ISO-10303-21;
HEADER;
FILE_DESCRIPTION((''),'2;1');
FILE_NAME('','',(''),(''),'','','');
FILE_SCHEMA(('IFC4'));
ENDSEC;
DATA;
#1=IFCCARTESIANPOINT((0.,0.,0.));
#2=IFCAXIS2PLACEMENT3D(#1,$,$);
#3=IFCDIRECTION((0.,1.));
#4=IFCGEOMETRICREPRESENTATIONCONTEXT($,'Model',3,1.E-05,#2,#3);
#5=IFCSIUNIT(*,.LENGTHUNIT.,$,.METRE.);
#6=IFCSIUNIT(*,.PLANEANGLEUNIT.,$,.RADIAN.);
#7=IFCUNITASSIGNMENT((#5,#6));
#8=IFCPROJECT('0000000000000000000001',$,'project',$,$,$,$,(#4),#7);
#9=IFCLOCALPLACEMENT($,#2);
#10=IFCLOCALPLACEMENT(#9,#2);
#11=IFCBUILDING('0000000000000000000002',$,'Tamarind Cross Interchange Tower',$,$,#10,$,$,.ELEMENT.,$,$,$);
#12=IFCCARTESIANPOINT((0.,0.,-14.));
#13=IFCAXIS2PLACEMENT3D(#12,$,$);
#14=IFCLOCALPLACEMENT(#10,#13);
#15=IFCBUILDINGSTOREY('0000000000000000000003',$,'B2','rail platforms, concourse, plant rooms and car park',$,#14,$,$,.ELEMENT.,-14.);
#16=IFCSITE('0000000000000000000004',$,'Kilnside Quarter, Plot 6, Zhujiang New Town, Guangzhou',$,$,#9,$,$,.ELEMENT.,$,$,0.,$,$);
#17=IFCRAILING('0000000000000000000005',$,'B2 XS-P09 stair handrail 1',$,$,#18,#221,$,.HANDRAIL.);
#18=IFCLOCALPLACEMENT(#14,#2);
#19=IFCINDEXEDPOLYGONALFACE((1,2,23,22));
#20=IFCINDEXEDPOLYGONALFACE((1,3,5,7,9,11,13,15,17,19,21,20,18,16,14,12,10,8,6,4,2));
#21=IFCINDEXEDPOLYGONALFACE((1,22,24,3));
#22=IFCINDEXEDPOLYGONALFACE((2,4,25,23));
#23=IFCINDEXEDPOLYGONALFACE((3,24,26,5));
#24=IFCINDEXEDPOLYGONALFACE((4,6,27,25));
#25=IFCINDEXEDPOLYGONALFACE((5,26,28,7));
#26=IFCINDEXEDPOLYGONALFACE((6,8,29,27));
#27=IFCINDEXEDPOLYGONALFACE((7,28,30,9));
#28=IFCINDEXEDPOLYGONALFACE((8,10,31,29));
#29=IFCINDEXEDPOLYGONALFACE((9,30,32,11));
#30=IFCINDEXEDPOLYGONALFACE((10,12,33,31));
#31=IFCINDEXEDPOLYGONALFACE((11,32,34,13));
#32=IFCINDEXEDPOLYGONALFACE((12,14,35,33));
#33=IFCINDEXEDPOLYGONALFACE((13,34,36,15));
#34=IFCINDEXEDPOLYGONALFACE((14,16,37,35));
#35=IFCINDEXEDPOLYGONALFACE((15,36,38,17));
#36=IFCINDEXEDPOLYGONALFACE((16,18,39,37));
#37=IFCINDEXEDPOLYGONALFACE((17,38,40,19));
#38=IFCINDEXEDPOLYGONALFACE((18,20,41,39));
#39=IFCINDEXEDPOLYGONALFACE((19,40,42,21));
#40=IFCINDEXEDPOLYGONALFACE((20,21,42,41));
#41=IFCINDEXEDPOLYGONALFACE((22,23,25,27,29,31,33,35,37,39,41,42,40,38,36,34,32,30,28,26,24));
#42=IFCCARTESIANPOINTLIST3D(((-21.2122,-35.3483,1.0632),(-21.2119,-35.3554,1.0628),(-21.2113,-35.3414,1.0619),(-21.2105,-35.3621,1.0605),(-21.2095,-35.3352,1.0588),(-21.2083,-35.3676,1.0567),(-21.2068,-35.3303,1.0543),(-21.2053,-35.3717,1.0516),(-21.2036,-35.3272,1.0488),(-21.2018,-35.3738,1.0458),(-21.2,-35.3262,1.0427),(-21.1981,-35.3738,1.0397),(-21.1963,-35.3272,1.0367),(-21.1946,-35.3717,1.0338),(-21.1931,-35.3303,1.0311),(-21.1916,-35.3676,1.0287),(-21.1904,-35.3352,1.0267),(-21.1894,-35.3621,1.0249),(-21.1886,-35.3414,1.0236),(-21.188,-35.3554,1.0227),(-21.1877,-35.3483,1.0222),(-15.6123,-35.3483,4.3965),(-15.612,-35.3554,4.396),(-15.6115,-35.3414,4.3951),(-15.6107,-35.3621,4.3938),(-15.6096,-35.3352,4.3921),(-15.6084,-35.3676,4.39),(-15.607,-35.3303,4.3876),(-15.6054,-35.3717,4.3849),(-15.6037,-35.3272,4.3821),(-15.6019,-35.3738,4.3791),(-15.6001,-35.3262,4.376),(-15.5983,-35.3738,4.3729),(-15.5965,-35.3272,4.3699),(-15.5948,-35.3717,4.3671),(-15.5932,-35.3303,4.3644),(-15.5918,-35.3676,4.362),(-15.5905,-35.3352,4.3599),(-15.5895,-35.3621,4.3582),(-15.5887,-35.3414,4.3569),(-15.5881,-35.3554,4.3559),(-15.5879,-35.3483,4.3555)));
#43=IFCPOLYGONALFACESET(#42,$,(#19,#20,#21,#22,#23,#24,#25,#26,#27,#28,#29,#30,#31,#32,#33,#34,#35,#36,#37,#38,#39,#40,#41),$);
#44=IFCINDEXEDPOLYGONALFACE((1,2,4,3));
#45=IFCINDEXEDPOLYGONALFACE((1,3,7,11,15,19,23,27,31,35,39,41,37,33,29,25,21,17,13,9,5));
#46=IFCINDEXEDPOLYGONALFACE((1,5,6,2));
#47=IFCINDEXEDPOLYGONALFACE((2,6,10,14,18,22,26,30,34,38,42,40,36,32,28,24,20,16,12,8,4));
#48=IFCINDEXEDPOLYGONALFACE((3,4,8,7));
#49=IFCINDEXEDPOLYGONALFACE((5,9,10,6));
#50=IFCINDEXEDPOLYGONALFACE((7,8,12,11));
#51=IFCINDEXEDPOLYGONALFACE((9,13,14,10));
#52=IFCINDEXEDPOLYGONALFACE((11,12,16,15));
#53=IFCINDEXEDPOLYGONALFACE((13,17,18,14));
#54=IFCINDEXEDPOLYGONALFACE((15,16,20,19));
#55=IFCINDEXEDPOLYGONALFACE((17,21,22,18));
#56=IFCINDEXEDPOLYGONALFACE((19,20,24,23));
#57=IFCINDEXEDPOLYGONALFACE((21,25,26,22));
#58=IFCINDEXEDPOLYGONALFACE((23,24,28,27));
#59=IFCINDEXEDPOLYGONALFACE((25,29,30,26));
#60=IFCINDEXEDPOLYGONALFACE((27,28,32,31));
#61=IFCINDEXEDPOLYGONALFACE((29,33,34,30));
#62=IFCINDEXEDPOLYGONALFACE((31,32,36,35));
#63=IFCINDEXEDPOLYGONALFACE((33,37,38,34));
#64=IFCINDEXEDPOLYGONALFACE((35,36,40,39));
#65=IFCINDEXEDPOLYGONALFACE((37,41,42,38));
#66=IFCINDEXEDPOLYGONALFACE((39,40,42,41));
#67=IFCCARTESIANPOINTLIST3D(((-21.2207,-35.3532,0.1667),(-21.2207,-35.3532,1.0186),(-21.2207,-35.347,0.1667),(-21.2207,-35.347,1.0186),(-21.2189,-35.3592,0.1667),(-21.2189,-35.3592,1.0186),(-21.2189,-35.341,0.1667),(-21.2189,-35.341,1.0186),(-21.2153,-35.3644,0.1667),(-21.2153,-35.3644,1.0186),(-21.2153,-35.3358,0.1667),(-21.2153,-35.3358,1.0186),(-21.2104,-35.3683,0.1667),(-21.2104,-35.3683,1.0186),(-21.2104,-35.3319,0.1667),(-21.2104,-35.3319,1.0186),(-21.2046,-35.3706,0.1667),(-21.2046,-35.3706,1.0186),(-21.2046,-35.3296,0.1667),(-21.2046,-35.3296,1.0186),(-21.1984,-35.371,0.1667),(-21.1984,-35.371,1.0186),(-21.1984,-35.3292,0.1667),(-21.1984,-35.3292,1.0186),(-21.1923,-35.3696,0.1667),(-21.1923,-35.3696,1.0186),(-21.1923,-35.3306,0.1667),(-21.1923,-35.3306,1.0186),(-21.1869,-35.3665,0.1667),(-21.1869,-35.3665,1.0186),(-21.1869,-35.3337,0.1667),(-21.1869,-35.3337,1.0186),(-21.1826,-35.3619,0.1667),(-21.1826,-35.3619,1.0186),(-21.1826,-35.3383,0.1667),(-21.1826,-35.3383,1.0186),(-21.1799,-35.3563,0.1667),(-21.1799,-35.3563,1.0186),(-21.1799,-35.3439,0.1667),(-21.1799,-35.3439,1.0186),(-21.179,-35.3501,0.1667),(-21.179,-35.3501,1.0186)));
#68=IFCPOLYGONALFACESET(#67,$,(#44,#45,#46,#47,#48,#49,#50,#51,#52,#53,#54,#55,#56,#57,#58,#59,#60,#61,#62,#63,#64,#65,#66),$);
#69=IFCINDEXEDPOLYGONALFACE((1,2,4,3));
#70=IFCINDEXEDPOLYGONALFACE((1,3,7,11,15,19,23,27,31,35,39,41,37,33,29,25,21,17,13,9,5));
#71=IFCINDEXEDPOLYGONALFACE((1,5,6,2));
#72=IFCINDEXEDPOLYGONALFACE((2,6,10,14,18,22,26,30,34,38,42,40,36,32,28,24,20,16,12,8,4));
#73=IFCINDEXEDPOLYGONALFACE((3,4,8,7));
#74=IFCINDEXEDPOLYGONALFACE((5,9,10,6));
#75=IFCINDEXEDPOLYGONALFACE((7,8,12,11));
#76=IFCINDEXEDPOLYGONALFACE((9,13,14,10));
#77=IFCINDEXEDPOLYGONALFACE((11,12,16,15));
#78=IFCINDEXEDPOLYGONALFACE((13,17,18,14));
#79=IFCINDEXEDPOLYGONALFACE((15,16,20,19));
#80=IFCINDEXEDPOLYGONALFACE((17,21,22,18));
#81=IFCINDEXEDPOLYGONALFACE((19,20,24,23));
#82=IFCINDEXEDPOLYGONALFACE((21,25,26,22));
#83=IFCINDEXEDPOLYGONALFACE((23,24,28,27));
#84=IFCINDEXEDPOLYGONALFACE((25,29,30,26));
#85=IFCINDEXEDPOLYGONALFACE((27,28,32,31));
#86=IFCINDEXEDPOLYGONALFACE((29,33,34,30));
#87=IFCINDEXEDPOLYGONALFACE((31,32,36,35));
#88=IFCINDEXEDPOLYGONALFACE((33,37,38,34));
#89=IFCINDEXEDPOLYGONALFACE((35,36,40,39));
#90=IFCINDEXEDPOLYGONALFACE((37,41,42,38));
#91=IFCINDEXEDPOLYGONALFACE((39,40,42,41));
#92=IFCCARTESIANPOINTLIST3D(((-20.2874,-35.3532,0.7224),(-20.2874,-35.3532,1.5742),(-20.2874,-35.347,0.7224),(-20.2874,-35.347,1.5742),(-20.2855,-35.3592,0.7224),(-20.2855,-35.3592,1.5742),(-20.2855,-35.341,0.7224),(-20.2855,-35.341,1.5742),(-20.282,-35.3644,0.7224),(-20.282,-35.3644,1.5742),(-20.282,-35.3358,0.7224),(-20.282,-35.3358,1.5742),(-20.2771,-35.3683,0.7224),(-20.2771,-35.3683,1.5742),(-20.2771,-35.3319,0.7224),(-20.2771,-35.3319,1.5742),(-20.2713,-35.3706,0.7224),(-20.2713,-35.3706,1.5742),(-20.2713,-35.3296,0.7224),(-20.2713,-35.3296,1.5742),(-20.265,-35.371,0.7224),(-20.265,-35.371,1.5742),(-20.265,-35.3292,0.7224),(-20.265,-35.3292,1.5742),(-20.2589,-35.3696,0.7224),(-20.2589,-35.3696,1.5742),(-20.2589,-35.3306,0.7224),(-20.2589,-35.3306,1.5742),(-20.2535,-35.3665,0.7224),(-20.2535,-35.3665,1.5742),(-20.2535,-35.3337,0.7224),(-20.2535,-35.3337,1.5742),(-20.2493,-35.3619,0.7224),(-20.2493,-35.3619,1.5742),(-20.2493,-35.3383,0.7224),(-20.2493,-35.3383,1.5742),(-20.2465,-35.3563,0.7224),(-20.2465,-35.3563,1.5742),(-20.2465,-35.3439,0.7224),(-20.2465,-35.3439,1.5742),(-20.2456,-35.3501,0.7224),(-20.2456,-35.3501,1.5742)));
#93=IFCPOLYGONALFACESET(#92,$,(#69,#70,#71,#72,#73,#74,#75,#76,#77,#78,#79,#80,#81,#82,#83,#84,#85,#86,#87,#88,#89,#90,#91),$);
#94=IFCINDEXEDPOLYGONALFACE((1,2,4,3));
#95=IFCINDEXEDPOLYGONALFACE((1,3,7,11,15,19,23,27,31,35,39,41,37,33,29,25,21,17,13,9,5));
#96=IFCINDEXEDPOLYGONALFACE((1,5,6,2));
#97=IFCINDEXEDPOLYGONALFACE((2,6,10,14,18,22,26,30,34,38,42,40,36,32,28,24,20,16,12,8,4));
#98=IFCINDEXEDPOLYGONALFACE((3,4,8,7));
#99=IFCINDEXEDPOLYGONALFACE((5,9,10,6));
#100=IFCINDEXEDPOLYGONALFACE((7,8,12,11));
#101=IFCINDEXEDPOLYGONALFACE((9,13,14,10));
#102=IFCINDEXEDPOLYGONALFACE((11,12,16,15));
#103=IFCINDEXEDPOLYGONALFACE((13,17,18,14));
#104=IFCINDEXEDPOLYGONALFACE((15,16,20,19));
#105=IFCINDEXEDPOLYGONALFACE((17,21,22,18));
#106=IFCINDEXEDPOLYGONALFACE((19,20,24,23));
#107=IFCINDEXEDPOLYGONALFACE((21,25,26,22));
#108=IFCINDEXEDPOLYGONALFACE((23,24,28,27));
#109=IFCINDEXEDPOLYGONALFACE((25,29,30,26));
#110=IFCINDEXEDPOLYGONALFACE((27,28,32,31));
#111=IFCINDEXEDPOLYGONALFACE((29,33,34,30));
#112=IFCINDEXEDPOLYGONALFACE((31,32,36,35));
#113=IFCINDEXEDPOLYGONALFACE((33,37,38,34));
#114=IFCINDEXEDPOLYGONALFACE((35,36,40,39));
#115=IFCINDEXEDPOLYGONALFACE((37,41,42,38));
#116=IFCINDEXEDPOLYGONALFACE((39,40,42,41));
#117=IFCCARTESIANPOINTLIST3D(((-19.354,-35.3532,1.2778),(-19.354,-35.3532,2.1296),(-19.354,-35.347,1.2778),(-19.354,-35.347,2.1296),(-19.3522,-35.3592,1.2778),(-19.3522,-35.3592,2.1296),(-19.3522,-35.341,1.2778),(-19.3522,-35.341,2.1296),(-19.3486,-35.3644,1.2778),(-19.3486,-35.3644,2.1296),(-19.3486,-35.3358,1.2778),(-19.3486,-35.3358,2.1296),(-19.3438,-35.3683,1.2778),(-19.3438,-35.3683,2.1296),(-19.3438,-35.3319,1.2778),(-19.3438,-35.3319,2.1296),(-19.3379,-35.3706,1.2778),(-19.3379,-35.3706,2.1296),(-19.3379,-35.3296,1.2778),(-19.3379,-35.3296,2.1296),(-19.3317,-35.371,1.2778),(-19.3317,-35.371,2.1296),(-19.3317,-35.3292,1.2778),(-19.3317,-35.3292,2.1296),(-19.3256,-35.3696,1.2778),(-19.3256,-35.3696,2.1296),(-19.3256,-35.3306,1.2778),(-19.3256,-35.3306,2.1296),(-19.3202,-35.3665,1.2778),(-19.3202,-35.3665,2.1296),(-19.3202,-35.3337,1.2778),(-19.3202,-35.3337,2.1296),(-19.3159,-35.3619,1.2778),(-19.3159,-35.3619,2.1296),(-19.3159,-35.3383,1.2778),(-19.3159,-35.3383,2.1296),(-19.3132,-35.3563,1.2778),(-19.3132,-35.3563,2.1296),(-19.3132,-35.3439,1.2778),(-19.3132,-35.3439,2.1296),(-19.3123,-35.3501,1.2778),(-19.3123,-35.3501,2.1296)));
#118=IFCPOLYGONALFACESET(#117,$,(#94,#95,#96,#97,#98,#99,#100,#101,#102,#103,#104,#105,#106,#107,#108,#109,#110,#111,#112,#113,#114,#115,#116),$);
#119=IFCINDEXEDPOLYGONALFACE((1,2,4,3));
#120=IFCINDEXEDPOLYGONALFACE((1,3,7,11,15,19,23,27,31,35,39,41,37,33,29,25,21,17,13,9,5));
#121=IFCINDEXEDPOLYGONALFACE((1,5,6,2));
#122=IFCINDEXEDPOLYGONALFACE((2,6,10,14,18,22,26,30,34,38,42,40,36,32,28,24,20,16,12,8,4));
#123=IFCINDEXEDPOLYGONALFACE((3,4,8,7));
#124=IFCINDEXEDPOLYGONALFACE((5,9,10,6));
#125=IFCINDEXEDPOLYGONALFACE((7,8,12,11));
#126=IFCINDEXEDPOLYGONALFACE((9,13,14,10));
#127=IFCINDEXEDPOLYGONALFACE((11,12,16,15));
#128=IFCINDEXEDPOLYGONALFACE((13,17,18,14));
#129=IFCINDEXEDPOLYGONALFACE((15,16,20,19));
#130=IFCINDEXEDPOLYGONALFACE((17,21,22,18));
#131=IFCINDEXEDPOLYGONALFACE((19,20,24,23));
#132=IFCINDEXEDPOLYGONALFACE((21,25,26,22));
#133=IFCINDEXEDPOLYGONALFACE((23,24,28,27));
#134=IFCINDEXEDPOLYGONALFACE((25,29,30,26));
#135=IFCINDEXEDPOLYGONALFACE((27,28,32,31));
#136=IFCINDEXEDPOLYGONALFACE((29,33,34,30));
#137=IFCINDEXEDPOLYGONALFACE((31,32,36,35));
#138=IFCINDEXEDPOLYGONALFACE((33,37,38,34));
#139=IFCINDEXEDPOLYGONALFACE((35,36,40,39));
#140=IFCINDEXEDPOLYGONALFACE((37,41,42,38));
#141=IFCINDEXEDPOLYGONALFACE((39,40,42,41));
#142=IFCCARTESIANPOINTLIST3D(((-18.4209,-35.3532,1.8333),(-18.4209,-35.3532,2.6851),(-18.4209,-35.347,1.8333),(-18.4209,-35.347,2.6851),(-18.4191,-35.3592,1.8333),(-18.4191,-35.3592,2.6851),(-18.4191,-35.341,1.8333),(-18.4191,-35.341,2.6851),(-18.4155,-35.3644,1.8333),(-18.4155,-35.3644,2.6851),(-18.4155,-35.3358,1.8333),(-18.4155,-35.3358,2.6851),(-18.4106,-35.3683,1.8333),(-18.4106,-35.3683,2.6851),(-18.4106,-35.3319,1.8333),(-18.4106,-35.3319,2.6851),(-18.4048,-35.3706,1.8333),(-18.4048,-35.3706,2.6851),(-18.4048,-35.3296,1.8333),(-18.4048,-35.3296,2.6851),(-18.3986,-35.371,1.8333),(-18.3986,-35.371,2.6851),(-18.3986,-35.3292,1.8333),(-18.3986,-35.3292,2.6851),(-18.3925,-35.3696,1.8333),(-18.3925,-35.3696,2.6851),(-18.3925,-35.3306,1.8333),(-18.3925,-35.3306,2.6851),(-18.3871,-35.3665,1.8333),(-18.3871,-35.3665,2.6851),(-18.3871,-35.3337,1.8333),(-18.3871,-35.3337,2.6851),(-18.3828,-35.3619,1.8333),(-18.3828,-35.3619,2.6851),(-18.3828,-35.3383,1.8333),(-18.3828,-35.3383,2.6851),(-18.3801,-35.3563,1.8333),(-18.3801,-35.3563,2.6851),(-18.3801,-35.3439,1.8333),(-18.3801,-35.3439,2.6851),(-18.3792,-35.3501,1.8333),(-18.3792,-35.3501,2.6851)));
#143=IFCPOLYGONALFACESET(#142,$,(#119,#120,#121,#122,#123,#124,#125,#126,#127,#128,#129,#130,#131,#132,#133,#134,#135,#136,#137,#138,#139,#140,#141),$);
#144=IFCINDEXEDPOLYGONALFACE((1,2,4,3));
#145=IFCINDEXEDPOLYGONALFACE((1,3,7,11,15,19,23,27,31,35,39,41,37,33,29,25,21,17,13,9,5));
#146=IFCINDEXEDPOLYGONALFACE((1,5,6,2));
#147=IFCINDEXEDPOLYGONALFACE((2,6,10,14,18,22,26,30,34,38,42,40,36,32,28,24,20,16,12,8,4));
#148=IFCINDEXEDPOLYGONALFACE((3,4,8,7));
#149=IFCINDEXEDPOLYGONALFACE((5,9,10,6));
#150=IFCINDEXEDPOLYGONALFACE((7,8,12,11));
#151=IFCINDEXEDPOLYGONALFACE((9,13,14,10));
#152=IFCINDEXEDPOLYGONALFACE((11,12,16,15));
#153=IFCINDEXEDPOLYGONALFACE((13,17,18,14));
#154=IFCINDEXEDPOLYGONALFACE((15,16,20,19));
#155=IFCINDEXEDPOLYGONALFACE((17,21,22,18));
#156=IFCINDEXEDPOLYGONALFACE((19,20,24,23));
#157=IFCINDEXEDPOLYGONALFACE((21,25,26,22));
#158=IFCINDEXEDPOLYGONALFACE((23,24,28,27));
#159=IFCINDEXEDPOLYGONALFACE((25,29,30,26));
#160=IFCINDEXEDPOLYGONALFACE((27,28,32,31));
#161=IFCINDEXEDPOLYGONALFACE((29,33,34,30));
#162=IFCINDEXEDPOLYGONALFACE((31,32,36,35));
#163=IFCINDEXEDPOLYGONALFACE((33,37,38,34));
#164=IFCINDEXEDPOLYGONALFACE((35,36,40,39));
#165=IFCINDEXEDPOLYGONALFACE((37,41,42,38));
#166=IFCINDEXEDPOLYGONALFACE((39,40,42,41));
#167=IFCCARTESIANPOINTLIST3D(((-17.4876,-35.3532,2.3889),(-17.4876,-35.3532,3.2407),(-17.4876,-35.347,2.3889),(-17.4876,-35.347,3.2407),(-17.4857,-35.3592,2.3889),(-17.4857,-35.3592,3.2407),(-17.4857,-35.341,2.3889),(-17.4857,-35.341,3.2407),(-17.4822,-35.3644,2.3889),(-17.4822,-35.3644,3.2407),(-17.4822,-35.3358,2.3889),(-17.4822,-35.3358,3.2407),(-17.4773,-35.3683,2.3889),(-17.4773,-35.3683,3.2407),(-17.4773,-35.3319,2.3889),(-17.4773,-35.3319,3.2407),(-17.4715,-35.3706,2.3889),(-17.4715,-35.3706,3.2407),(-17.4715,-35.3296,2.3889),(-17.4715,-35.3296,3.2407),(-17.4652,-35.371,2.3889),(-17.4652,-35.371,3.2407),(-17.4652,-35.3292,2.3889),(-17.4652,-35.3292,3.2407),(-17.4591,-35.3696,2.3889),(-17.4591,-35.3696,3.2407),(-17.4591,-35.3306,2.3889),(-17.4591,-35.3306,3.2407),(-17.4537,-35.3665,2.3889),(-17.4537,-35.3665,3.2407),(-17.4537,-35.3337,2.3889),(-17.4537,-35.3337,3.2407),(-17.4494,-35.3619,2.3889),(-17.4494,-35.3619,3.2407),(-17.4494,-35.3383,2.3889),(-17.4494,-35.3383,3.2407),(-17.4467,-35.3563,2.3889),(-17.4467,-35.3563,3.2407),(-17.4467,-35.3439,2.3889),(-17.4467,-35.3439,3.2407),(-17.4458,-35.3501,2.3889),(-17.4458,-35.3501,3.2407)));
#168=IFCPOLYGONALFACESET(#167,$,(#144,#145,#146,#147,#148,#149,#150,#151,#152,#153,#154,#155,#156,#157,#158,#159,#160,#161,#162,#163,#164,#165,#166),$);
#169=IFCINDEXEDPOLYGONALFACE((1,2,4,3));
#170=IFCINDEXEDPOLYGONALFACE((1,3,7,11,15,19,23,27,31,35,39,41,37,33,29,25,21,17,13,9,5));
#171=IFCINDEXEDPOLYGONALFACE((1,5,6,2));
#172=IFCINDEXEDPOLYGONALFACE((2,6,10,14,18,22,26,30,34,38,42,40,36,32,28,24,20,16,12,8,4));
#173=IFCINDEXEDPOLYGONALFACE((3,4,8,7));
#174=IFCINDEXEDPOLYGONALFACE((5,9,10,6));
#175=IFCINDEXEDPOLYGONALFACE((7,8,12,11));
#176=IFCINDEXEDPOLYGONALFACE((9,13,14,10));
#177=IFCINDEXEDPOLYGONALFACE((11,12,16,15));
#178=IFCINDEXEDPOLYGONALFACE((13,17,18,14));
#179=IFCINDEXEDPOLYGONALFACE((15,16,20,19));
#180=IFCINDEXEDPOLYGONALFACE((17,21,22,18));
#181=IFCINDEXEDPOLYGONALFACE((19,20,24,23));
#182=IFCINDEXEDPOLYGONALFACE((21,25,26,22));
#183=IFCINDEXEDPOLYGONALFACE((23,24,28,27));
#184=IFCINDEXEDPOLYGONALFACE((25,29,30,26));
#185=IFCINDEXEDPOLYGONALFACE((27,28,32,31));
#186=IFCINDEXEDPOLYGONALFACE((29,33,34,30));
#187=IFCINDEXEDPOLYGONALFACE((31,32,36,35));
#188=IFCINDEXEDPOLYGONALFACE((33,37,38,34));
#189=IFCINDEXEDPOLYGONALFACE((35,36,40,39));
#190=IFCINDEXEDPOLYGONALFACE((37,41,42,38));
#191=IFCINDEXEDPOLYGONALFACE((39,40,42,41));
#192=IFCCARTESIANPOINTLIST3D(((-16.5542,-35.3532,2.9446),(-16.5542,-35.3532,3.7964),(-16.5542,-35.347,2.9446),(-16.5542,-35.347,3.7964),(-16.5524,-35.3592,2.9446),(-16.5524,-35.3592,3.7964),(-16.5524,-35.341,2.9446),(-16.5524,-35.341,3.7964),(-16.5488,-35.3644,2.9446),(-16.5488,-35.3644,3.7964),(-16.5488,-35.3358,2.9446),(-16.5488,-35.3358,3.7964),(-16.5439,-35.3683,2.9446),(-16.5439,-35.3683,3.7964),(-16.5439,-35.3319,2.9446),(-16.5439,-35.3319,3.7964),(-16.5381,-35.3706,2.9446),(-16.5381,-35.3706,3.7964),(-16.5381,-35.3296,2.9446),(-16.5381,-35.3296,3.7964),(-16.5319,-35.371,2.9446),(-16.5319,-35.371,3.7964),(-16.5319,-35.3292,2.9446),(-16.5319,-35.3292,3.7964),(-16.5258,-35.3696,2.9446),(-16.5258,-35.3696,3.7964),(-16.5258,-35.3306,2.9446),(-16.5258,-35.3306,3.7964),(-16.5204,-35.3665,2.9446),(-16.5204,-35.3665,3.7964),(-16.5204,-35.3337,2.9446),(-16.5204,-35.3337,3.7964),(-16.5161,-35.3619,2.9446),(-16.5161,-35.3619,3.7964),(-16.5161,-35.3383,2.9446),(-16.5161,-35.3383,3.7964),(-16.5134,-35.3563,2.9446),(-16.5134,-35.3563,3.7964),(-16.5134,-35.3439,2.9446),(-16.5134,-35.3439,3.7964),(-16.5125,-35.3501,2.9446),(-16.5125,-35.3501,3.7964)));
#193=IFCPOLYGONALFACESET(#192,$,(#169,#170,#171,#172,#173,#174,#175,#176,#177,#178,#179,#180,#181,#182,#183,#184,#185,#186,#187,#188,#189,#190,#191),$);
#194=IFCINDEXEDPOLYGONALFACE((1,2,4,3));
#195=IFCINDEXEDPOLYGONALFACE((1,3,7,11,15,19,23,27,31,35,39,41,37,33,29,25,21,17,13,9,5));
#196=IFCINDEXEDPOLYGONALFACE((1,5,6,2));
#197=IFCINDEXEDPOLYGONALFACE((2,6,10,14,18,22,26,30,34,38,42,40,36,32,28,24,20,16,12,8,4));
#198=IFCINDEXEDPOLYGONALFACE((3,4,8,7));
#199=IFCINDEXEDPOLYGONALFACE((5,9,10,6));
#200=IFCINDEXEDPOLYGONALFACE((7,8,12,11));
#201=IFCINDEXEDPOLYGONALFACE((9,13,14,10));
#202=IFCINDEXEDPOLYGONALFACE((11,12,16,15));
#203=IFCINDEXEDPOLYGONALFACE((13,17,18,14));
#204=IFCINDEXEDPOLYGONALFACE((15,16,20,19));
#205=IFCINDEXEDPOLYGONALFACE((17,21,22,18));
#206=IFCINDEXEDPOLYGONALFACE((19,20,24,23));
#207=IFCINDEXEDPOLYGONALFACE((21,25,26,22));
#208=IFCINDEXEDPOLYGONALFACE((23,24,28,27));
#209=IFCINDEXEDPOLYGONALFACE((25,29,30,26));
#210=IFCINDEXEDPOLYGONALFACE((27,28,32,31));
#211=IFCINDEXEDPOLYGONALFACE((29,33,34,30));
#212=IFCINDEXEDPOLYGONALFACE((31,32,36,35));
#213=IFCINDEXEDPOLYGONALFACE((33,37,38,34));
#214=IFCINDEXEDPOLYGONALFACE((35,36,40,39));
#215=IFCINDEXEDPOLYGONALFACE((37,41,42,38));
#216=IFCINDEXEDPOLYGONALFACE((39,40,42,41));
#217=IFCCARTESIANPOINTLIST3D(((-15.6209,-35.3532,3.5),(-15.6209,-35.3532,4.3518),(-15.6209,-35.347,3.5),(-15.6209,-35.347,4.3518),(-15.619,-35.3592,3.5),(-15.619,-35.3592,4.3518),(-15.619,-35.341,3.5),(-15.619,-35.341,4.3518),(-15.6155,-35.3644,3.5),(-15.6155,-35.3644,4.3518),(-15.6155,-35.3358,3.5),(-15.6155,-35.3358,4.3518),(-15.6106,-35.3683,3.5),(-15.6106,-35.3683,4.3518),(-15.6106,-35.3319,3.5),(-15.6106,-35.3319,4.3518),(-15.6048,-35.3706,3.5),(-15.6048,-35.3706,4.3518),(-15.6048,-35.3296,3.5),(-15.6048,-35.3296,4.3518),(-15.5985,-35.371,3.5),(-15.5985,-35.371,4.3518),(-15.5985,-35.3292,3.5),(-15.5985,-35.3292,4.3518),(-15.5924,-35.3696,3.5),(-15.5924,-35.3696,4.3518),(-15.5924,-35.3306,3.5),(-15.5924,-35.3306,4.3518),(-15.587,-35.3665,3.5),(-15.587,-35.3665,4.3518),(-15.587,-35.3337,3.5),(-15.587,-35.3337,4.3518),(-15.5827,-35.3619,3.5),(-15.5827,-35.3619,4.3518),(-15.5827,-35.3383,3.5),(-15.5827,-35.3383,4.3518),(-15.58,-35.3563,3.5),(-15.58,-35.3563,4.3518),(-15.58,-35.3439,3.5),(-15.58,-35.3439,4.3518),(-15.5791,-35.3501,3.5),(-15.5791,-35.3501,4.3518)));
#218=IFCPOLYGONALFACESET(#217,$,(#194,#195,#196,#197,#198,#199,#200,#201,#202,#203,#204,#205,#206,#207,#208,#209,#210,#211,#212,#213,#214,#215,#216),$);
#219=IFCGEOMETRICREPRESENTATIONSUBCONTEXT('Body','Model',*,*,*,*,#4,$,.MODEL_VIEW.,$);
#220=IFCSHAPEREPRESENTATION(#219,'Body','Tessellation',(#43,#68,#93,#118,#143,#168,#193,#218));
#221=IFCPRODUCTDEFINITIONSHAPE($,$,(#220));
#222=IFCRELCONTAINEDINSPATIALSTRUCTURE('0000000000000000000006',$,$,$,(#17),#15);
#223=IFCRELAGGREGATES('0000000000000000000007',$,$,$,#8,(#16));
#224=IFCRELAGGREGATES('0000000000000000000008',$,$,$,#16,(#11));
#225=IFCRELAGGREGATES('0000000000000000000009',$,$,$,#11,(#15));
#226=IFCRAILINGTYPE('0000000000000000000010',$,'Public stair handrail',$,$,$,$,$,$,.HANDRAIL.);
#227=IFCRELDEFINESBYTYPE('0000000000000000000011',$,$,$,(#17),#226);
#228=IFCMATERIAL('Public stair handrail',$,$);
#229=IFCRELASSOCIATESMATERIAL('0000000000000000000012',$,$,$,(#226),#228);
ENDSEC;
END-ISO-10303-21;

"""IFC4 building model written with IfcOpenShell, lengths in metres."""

from ifc_helpers import new_model, si_unit, direction, frame, origin, origin_2d, place, context, subcontext, project, spatial, circle, extrude, material, type_object, element, save


model = new_model("IFC4")

# Units and contexts
model_context = context("Model", 3, precision=1e-05, world=origin(), true_north=direction((0.0, 1.0)))
body_context = subcontext(model_context, "Body", "Model", "MODEL_VIEW")
ifc_project = project(units=[si_unit("LENGTHUNIT", "METRE"), si_unit("PLANEANGLEUNIT", "RADIAN")], contexts=[model_context])

# Site, building, storey
site_placement = place(None, origin())
site = spatial("IfcSite", under=ifc_project, at=site_placement, Name="Kilnside Quarter, Plot 6, Zhujiang New Town, Guangzhou", CompositionType="ELEMENT", RefElevation=0.0)
building_placement = place(site_placement, origin())
building = spatial("IfcBuilding", under=site, at=building_placement, Name="Tamarind Cross Interchange Tower", CompositionType="ELEMENT")
storey_placement = place(building_placement, frame((0.0, 0.0, -14.0)))
storey = spatial("IfcBuildingStorey", under=building, at=storey_placement, Name="B2", Description="rail platforms, concourse, plant rooms and car park", CompositionType="ELEMENT", Elevation=-14.0)

# Railing
ifc_material_1 = material(Name="Public stair handrail")
railing_type_1 = type_object("IfcRailingType", Name="Public stair handrail", PredefinedType="HANDRAIL", material=ifc_material_1)
railing_1_placement = place(storey_placement, frame((-21.2, -35.3501, 0.1667)))
element("IfcRailing", 1, at=railing_1_placement, inside=storey, type_object=railing_type_1, Name="B2 XS-P09 stair handrail 1", PredefinedType="HANDRAIL", context=body_context, shape_type="SweptSolid", body=[
    extrude(circle(Radius=0.0239, at=origin_2d()), frame((0.0, 0.0, 0.876), z_axis=(0.859292, 0.0, 0.511485), x_axis=(0.0, 1.0, 0.0)), (0.0, 0.0, 1.0), 6.5168),
    extrude(circle(Radius=0.021, at=origin_2d()), origin(), (0.0, 0.0, 1.0), 0.8518),
    extrude(circle(Radius=0.021, at=origin_2d()), frame((0.9333, 0.0, 0.5557)), (0.0, 0.0, 1.0), 0.8518),
    extrude(circle(Radius=0.021, at=origin_2d()), frame((1.8667, 0.0, 1.1111)), (0.0, 0.0, 1.0), 0.8518),
    extrude(circle(Radius=0.021, at=origin_2d()), frame((2.7998, 0.0, 1.6665)), (0.0, 0.0, 1.0), 0.8518),
    extrude(circle(Radius=0.021, at=origin_2d()), frame((3.7332, 0.0, 2.2222)), (0.0, 0.0, 1.0), 0.8518),
    extrude(circle(Radius=0.021, at=origin_2d()), frame((4.6665, 0.0, 2.7778)), (0.0, 0.0, 1.0), 0.8518),
    extrude(circle(Radius=0.021, at=origin_2d()), frame((5.5999, 0.0, 3.3333)), (0.0, 0.0, 1.0), 0.8518),
])

save(model, "model.ifc")
